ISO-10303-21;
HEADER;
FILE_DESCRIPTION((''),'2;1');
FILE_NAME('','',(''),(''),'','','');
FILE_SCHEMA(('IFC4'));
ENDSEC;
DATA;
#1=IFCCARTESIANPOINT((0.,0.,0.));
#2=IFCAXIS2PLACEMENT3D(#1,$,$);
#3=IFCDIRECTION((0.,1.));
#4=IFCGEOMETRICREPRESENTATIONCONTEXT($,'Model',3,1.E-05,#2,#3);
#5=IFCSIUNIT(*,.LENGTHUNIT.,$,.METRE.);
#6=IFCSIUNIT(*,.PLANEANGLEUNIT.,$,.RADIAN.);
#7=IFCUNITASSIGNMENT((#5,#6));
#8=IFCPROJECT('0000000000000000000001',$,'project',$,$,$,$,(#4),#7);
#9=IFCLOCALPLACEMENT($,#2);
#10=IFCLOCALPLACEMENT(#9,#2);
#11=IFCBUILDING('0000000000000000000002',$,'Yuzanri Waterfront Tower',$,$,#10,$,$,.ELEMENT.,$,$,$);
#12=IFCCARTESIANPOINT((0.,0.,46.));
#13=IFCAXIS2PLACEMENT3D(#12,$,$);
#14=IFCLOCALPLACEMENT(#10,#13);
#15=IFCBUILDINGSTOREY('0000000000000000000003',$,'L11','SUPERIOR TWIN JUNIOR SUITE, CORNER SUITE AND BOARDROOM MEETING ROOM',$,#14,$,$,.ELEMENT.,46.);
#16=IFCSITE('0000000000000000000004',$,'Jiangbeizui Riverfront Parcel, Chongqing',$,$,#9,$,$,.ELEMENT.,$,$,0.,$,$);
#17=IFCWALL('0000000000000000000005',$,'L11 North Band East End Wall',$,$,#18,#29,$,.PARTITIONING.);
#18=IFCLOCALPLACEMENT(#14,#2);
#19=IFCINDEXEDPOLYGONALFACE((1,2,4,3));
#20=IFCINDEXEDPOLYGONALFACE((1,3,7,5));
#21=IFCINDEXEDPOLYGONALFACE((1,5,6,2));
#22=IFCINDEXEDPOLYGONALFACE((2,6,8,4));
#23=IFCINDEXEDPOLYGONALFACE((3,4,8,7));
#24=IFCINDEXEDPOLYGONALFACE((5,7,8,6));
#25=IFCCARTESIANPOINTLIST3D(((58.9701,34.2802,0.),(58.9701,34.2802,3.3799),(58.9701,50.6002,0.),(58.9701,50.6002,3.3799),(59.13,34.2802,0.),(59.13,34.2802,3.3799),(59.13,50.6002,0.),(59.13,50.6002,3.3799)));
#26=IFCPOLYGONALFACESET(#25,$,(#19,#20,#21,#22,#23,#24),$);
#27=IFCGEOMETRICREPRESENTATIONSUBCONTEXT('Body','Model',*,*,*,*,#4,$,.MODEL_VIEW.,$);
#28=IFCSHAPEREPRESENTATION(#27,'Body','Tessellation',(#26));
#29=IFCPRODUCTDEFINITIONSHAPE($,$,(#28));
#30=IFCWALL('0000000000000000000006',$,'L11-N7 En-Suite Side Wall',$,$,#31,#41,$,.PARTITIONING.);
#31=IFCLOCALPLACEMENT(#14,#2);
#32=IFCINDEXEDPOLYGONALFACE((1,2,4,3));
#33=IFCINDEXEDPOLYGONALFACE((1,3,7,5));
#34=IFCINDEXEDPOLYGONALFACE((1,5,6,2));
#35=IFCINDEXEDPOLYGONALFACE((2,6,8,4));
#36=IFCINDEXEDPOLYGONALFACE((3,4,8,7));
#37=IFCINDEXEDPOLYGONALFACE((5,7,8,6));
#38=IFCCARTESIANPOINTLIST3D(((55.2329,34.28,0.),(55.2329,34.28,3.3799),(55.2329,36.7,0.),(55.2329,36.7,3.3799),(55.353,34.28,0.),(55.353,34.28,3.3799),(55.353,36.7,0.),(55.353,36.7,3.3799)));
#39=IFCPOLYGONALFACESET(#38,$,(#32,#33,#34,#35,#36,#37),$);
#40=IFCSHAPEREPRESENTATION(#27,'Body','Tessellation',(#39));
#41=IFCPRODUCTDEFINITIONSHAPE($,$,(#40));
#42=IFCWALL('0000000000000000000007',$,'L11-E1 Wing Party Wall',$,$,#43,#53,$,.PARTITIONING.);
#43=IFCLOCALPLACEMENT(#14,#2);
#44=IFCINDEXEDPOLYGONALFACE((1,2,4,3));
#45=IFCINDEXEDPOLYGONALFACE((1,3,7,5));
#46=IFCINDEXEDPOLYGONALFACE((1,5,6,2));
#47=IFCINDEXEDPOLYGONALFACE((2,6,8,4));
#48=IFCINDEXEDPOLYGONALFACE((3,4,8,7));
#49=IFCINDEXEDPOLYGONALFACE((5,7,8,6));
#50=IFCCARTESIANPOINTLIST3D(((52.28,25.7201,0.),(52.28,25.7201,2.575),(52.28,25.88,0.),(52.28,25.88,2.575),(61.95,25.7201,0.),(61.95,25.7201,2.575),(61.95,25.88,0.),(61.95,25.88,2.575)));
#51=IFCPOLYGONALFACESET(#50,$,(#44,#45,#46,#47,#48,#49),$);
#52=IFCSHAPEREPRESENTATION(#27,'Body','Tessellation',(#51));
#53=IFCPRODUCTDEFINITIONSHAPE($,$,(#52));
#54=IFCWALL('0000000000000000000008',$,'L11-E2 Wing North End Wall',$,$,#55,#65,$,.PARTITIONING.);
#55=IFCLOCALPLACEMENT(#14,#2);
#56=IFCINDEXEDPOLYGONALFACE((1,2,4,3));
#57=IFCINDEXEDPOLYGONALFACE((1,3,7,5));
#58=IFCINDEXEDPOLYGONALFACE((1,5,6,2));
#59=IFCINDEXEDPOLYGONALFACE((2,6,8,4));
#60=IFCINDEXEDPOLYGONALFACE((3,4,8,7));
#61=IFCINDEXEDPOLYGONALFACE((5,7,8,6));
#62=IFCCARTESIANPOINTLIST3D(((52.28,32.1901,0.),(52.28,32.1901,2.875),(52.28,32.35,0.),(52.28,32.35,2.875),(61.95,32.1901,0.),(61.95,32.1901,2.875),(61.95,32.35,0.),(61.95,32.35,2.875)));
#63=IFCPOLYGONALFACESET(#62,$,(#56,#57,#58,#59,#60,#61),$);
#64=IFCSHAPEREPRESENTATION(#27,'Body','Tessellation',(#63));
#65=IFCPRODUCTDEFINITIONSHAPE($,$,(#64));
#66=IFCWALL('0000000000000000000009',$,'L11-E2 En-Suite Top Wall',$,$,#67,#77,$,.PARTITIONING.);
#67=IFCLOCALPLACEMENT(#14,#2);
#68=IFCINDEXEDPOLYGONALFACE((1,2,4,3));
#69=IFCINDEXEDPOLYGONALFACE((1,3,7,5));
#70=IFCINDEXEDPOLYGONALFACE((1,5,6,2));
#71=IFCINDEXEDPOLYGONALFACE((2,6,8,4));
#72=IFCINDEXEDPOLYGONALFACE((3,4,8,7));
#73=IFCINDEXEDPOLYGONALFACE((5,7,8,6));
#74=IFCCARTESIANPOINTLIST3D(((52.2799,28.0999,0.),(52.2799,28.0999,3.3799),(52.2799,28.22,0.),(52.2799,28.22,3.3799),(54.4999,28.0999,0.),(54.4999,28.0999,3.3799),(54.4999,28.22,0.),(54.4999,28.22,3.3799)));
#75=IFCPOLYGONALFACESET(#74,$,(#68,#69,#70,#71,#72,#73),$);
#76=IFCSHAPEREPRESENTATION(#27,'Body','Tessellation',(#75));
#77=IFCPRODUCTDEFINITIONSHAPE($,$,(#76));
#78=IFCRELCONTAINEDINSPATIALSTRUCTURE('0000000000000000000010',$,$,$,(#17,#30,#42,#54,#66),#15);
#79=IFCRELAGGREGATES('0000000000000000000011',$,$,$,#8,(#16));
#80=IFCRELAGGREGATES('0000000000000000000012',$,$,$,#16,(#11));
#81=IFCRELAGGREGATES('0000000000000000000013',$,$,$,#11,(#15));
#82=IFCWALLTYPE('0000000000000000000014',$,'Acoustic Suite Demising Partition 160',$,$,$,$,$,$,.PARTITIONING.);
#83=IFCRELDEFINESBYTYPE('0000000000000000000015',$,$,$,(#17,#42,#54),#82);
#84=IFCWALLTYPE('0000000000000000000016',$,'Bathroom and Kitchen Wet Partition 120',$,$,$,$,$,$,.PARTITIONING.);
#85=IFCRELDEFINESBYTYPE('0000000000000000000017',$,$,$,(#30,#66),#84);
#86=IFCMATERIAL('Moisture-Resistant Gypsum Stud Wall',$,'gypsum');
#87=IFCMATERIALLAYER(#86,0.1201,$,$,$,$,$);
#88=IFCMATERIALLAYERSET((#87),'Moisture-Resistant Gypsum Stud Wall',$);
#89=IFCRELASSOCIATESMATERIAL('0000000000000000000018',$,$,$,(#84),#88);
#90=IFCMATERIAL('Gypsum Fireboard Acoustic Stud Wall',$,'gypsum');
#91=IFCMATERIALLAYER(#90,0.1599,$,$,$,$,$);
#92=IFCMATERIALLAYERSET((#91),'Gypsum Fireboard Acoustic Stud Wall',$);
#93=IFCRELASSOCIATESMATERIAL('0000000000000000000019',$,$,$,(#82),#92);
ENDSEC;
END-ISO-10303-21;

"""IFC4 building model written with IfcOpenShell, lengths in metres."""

from ifc_helpers import new_model, si_unit, direction, frame, frame_2d, origin, place, context, subcontext, project, spatial, rectangle, extrude, source, transform, mapped, material, layer, layer_set, type_object, element, save


model = new_model("IFC4")

# Units and contexts
model_context = context("Model", 3, precision=1e-05, world=origin(), true_north=direction((0.0, 1.0)))
body_context = subcontext(model_context, "Body", "Model", "MODEL_VIEW")
ifc_project = project(units=[si_unit("LENGTHUNIT", "METRE"), si_unit("PLANEANGLEUNIT", "RADIAN")], contexts=[model_context])

# Site, building, storey
site_placement = place(None, origin())
site = spatial("IfcSite", under=ifc_project, at=site_placement, Name="Jiangbeizui Riverfront Parcel, Chongqing", CompositionType="ELEMENT", RefElevation=0.0)
building_placement = place(site_placement, origin())
building = spatial("IfcBuilding", under=site, at=building_placement, Name="Yuzanri Waterfront Tower", CompositionType="ELEMENT")
storey_placement = place(building_placement, frame((0.0, 0.0, 46.0)))
storey = spatial("IfcBuildingStorey", under=building, at=storey_placement, Name="L11", Description="SUPERIOR TWIN JUNIOR SUITE, CORNER SUITE AND BOARDROOM MEETING ROOM", CompositionType="ELEMENT", Elevation=46.0)

# Shared definitions
ifc_material_1 = material(Name="Moisture-Resistant Gypsum Stud Wall", Category="gypsum")
ifc_layer_1 = layer(ifc_material_1, 0.1201)
ifc_layer_set_1 = layer_set([ifc_layer_1], Name="Moisture-Resistant Gypsum Stud Wall")
wall_type_1 = type_object("IfcWallType", Name="Bathroom and Kitchen Wet Partition 120", PredefinedType="PARTITIONING", material=ifc_layer_set_1)

# Walls
ifc_material_2 = material(Name="Gypsum Fireboard Acoustic Stud Wall", Category="gypsum")
ifc_layer_2 = layer(ifc_material_2, 0.1599)
ifc_layer_set_2 = layer_set([ifc_layer_2], Name="Gypsum Fireboard Acoustic Stud Wall")
wall_type_2 = type_object("IfcWallType", Name="Acoustic Suite Demising Partition 160", PredefinedType="PARTITIONING", material=ifc_layer_set_2)
shared_shape_1 = source(origin(), body_context, "Body", "SweptSolid", [
    extrude(rectangle(XDim=16.3201, YDim=0.1599, at=frame_2d((8.1602, 0.0))), origin(), (0.0, 0.0, 1.0), 3.3799),
])
wall_1_placement = place(storey_placement, frame((59.05, 34.28, 0.0), z_axis=(0.0, 0.0, 1.0), x_axis=(0.0, 1.0, 0.0)))
element("IfcWall", 1, at=wall_1_placement, inside=storey, type_object=wall_type_2, Name="L11 North Band East End Wall", PredefinedType="PARTITIONING", context=body_context, shape_type="MappedRepresentation", body=[
    mapped(shared_shape_1, transform((0.0, 0.0, 0.0), scale=1.0)),
])
shared_shape_2 = source(origin(), body_context, "Body", "SweptSolid", [
    extrude(rectangle(XDim=2.4199, YDim=0.1201, at=frame_2d((1.21, 0.0))), origin(), (0.0, 0.0, 1.0), 3.3799),
])
wall_2_placement = place(storey_placement, frame((55.293, 34.28, 0.0), z_axis=(0.0, 0.0, 1.0), x_axis=(0.0, 1.0, 0.0)))
element("IfcWall", 2, at=wall_2_placement, inside=storey, type_object=wall_type_1, Name="L11-N7 En-Suite Side Wall", PredefinedType="PARTITIONING", context=body_context, shape_type="MappedRepresentation", body=[
    mapped(shared_shape_2, transform((0.0, 0.0, 0.0), scale=1.0)),
])
shared_shape_3 = source(origin(), body_context, "Body", "SweptSolid", [
    extrude(rectangle(XDim=9.6699, YDim=0.1599, at=frame_2d((4.835, 0.0))), origin(), (0.0, 0.0, 1.0), 2.575),
])
wall_3_placement = place(storey_placement, frame((52.28, 25.8, 0.0), z_axis=(0.0, 0.0, 1.0), x_axis=(1.0, 0.0, 0.0)))
element("IfcWall", 3, at=wall_3_placement, inside=storey, type_object=wall_type_2, Name="L11-E1 Wing Party Wall", PredefinedType="PARTITIONING", context=body_context, shape_type="MappedRepresentation", body=[
    mapped(shared_shape_3, transform((0.0, 0.0, 0.0), scale=1.0)),
])
shared_shape_4 = source(origin(), body_context, "Body", "SweptSolid", [
    extrude(rectangle(XDim=9.6699, YDim=0.1599, at=frame_2d((4.835, 0.0))), origin(), (0.0, 0.0, 1.0), 2.875),
])
wall_4_placement = place(storey_placement, frame((52.28, 32.27, 0.0), z_axis=(0.0, 0.0, 1.0), x_axis=(1.0, 0.0, 0.0)))
element("IfcWall", 4, at=wall_4_placement, inside=storey, type_object=wall_type_2, Name="L11-E2 Wing North End Wall", PredefinedType="PARTITIONING", context=body_context, shape_type="MappedRepresentation", body=[
    mapped(shared_shape_4, transform((0.0, 0.0, 0.0), scale=1.0)),
])
shared_shape_5 = source(origin(), body_context, "Body", "SweptSolid", [
    extrude(rectangle(XDim=2.22, YDim=0.1201, at=frame_2d((1.1099, 0.0))), origin(), (0.0, 0.0, 1.0), 3.3799),
])
wall_5_placement = place(storey_placement, frame((52.28, 28.1599, 0.0), z_axis=(0.0, 0.0, 1.0), x_axis=(1.0, 0.0, 0.0)))
element("IfcWall", 5, at=wall_5_placement, inside=storey, type_object=wall_type_1, Name="L11-E2 En-Suite Top Wall", PredefinedType="PARTITIONING", context=body_context, shape_type="MappedRepresentation", body=[
    mapped(shared_shape_5, transform((0.0, 0.0, 0.0), scale=1.0)),
])

save(model, "model.ifc")
